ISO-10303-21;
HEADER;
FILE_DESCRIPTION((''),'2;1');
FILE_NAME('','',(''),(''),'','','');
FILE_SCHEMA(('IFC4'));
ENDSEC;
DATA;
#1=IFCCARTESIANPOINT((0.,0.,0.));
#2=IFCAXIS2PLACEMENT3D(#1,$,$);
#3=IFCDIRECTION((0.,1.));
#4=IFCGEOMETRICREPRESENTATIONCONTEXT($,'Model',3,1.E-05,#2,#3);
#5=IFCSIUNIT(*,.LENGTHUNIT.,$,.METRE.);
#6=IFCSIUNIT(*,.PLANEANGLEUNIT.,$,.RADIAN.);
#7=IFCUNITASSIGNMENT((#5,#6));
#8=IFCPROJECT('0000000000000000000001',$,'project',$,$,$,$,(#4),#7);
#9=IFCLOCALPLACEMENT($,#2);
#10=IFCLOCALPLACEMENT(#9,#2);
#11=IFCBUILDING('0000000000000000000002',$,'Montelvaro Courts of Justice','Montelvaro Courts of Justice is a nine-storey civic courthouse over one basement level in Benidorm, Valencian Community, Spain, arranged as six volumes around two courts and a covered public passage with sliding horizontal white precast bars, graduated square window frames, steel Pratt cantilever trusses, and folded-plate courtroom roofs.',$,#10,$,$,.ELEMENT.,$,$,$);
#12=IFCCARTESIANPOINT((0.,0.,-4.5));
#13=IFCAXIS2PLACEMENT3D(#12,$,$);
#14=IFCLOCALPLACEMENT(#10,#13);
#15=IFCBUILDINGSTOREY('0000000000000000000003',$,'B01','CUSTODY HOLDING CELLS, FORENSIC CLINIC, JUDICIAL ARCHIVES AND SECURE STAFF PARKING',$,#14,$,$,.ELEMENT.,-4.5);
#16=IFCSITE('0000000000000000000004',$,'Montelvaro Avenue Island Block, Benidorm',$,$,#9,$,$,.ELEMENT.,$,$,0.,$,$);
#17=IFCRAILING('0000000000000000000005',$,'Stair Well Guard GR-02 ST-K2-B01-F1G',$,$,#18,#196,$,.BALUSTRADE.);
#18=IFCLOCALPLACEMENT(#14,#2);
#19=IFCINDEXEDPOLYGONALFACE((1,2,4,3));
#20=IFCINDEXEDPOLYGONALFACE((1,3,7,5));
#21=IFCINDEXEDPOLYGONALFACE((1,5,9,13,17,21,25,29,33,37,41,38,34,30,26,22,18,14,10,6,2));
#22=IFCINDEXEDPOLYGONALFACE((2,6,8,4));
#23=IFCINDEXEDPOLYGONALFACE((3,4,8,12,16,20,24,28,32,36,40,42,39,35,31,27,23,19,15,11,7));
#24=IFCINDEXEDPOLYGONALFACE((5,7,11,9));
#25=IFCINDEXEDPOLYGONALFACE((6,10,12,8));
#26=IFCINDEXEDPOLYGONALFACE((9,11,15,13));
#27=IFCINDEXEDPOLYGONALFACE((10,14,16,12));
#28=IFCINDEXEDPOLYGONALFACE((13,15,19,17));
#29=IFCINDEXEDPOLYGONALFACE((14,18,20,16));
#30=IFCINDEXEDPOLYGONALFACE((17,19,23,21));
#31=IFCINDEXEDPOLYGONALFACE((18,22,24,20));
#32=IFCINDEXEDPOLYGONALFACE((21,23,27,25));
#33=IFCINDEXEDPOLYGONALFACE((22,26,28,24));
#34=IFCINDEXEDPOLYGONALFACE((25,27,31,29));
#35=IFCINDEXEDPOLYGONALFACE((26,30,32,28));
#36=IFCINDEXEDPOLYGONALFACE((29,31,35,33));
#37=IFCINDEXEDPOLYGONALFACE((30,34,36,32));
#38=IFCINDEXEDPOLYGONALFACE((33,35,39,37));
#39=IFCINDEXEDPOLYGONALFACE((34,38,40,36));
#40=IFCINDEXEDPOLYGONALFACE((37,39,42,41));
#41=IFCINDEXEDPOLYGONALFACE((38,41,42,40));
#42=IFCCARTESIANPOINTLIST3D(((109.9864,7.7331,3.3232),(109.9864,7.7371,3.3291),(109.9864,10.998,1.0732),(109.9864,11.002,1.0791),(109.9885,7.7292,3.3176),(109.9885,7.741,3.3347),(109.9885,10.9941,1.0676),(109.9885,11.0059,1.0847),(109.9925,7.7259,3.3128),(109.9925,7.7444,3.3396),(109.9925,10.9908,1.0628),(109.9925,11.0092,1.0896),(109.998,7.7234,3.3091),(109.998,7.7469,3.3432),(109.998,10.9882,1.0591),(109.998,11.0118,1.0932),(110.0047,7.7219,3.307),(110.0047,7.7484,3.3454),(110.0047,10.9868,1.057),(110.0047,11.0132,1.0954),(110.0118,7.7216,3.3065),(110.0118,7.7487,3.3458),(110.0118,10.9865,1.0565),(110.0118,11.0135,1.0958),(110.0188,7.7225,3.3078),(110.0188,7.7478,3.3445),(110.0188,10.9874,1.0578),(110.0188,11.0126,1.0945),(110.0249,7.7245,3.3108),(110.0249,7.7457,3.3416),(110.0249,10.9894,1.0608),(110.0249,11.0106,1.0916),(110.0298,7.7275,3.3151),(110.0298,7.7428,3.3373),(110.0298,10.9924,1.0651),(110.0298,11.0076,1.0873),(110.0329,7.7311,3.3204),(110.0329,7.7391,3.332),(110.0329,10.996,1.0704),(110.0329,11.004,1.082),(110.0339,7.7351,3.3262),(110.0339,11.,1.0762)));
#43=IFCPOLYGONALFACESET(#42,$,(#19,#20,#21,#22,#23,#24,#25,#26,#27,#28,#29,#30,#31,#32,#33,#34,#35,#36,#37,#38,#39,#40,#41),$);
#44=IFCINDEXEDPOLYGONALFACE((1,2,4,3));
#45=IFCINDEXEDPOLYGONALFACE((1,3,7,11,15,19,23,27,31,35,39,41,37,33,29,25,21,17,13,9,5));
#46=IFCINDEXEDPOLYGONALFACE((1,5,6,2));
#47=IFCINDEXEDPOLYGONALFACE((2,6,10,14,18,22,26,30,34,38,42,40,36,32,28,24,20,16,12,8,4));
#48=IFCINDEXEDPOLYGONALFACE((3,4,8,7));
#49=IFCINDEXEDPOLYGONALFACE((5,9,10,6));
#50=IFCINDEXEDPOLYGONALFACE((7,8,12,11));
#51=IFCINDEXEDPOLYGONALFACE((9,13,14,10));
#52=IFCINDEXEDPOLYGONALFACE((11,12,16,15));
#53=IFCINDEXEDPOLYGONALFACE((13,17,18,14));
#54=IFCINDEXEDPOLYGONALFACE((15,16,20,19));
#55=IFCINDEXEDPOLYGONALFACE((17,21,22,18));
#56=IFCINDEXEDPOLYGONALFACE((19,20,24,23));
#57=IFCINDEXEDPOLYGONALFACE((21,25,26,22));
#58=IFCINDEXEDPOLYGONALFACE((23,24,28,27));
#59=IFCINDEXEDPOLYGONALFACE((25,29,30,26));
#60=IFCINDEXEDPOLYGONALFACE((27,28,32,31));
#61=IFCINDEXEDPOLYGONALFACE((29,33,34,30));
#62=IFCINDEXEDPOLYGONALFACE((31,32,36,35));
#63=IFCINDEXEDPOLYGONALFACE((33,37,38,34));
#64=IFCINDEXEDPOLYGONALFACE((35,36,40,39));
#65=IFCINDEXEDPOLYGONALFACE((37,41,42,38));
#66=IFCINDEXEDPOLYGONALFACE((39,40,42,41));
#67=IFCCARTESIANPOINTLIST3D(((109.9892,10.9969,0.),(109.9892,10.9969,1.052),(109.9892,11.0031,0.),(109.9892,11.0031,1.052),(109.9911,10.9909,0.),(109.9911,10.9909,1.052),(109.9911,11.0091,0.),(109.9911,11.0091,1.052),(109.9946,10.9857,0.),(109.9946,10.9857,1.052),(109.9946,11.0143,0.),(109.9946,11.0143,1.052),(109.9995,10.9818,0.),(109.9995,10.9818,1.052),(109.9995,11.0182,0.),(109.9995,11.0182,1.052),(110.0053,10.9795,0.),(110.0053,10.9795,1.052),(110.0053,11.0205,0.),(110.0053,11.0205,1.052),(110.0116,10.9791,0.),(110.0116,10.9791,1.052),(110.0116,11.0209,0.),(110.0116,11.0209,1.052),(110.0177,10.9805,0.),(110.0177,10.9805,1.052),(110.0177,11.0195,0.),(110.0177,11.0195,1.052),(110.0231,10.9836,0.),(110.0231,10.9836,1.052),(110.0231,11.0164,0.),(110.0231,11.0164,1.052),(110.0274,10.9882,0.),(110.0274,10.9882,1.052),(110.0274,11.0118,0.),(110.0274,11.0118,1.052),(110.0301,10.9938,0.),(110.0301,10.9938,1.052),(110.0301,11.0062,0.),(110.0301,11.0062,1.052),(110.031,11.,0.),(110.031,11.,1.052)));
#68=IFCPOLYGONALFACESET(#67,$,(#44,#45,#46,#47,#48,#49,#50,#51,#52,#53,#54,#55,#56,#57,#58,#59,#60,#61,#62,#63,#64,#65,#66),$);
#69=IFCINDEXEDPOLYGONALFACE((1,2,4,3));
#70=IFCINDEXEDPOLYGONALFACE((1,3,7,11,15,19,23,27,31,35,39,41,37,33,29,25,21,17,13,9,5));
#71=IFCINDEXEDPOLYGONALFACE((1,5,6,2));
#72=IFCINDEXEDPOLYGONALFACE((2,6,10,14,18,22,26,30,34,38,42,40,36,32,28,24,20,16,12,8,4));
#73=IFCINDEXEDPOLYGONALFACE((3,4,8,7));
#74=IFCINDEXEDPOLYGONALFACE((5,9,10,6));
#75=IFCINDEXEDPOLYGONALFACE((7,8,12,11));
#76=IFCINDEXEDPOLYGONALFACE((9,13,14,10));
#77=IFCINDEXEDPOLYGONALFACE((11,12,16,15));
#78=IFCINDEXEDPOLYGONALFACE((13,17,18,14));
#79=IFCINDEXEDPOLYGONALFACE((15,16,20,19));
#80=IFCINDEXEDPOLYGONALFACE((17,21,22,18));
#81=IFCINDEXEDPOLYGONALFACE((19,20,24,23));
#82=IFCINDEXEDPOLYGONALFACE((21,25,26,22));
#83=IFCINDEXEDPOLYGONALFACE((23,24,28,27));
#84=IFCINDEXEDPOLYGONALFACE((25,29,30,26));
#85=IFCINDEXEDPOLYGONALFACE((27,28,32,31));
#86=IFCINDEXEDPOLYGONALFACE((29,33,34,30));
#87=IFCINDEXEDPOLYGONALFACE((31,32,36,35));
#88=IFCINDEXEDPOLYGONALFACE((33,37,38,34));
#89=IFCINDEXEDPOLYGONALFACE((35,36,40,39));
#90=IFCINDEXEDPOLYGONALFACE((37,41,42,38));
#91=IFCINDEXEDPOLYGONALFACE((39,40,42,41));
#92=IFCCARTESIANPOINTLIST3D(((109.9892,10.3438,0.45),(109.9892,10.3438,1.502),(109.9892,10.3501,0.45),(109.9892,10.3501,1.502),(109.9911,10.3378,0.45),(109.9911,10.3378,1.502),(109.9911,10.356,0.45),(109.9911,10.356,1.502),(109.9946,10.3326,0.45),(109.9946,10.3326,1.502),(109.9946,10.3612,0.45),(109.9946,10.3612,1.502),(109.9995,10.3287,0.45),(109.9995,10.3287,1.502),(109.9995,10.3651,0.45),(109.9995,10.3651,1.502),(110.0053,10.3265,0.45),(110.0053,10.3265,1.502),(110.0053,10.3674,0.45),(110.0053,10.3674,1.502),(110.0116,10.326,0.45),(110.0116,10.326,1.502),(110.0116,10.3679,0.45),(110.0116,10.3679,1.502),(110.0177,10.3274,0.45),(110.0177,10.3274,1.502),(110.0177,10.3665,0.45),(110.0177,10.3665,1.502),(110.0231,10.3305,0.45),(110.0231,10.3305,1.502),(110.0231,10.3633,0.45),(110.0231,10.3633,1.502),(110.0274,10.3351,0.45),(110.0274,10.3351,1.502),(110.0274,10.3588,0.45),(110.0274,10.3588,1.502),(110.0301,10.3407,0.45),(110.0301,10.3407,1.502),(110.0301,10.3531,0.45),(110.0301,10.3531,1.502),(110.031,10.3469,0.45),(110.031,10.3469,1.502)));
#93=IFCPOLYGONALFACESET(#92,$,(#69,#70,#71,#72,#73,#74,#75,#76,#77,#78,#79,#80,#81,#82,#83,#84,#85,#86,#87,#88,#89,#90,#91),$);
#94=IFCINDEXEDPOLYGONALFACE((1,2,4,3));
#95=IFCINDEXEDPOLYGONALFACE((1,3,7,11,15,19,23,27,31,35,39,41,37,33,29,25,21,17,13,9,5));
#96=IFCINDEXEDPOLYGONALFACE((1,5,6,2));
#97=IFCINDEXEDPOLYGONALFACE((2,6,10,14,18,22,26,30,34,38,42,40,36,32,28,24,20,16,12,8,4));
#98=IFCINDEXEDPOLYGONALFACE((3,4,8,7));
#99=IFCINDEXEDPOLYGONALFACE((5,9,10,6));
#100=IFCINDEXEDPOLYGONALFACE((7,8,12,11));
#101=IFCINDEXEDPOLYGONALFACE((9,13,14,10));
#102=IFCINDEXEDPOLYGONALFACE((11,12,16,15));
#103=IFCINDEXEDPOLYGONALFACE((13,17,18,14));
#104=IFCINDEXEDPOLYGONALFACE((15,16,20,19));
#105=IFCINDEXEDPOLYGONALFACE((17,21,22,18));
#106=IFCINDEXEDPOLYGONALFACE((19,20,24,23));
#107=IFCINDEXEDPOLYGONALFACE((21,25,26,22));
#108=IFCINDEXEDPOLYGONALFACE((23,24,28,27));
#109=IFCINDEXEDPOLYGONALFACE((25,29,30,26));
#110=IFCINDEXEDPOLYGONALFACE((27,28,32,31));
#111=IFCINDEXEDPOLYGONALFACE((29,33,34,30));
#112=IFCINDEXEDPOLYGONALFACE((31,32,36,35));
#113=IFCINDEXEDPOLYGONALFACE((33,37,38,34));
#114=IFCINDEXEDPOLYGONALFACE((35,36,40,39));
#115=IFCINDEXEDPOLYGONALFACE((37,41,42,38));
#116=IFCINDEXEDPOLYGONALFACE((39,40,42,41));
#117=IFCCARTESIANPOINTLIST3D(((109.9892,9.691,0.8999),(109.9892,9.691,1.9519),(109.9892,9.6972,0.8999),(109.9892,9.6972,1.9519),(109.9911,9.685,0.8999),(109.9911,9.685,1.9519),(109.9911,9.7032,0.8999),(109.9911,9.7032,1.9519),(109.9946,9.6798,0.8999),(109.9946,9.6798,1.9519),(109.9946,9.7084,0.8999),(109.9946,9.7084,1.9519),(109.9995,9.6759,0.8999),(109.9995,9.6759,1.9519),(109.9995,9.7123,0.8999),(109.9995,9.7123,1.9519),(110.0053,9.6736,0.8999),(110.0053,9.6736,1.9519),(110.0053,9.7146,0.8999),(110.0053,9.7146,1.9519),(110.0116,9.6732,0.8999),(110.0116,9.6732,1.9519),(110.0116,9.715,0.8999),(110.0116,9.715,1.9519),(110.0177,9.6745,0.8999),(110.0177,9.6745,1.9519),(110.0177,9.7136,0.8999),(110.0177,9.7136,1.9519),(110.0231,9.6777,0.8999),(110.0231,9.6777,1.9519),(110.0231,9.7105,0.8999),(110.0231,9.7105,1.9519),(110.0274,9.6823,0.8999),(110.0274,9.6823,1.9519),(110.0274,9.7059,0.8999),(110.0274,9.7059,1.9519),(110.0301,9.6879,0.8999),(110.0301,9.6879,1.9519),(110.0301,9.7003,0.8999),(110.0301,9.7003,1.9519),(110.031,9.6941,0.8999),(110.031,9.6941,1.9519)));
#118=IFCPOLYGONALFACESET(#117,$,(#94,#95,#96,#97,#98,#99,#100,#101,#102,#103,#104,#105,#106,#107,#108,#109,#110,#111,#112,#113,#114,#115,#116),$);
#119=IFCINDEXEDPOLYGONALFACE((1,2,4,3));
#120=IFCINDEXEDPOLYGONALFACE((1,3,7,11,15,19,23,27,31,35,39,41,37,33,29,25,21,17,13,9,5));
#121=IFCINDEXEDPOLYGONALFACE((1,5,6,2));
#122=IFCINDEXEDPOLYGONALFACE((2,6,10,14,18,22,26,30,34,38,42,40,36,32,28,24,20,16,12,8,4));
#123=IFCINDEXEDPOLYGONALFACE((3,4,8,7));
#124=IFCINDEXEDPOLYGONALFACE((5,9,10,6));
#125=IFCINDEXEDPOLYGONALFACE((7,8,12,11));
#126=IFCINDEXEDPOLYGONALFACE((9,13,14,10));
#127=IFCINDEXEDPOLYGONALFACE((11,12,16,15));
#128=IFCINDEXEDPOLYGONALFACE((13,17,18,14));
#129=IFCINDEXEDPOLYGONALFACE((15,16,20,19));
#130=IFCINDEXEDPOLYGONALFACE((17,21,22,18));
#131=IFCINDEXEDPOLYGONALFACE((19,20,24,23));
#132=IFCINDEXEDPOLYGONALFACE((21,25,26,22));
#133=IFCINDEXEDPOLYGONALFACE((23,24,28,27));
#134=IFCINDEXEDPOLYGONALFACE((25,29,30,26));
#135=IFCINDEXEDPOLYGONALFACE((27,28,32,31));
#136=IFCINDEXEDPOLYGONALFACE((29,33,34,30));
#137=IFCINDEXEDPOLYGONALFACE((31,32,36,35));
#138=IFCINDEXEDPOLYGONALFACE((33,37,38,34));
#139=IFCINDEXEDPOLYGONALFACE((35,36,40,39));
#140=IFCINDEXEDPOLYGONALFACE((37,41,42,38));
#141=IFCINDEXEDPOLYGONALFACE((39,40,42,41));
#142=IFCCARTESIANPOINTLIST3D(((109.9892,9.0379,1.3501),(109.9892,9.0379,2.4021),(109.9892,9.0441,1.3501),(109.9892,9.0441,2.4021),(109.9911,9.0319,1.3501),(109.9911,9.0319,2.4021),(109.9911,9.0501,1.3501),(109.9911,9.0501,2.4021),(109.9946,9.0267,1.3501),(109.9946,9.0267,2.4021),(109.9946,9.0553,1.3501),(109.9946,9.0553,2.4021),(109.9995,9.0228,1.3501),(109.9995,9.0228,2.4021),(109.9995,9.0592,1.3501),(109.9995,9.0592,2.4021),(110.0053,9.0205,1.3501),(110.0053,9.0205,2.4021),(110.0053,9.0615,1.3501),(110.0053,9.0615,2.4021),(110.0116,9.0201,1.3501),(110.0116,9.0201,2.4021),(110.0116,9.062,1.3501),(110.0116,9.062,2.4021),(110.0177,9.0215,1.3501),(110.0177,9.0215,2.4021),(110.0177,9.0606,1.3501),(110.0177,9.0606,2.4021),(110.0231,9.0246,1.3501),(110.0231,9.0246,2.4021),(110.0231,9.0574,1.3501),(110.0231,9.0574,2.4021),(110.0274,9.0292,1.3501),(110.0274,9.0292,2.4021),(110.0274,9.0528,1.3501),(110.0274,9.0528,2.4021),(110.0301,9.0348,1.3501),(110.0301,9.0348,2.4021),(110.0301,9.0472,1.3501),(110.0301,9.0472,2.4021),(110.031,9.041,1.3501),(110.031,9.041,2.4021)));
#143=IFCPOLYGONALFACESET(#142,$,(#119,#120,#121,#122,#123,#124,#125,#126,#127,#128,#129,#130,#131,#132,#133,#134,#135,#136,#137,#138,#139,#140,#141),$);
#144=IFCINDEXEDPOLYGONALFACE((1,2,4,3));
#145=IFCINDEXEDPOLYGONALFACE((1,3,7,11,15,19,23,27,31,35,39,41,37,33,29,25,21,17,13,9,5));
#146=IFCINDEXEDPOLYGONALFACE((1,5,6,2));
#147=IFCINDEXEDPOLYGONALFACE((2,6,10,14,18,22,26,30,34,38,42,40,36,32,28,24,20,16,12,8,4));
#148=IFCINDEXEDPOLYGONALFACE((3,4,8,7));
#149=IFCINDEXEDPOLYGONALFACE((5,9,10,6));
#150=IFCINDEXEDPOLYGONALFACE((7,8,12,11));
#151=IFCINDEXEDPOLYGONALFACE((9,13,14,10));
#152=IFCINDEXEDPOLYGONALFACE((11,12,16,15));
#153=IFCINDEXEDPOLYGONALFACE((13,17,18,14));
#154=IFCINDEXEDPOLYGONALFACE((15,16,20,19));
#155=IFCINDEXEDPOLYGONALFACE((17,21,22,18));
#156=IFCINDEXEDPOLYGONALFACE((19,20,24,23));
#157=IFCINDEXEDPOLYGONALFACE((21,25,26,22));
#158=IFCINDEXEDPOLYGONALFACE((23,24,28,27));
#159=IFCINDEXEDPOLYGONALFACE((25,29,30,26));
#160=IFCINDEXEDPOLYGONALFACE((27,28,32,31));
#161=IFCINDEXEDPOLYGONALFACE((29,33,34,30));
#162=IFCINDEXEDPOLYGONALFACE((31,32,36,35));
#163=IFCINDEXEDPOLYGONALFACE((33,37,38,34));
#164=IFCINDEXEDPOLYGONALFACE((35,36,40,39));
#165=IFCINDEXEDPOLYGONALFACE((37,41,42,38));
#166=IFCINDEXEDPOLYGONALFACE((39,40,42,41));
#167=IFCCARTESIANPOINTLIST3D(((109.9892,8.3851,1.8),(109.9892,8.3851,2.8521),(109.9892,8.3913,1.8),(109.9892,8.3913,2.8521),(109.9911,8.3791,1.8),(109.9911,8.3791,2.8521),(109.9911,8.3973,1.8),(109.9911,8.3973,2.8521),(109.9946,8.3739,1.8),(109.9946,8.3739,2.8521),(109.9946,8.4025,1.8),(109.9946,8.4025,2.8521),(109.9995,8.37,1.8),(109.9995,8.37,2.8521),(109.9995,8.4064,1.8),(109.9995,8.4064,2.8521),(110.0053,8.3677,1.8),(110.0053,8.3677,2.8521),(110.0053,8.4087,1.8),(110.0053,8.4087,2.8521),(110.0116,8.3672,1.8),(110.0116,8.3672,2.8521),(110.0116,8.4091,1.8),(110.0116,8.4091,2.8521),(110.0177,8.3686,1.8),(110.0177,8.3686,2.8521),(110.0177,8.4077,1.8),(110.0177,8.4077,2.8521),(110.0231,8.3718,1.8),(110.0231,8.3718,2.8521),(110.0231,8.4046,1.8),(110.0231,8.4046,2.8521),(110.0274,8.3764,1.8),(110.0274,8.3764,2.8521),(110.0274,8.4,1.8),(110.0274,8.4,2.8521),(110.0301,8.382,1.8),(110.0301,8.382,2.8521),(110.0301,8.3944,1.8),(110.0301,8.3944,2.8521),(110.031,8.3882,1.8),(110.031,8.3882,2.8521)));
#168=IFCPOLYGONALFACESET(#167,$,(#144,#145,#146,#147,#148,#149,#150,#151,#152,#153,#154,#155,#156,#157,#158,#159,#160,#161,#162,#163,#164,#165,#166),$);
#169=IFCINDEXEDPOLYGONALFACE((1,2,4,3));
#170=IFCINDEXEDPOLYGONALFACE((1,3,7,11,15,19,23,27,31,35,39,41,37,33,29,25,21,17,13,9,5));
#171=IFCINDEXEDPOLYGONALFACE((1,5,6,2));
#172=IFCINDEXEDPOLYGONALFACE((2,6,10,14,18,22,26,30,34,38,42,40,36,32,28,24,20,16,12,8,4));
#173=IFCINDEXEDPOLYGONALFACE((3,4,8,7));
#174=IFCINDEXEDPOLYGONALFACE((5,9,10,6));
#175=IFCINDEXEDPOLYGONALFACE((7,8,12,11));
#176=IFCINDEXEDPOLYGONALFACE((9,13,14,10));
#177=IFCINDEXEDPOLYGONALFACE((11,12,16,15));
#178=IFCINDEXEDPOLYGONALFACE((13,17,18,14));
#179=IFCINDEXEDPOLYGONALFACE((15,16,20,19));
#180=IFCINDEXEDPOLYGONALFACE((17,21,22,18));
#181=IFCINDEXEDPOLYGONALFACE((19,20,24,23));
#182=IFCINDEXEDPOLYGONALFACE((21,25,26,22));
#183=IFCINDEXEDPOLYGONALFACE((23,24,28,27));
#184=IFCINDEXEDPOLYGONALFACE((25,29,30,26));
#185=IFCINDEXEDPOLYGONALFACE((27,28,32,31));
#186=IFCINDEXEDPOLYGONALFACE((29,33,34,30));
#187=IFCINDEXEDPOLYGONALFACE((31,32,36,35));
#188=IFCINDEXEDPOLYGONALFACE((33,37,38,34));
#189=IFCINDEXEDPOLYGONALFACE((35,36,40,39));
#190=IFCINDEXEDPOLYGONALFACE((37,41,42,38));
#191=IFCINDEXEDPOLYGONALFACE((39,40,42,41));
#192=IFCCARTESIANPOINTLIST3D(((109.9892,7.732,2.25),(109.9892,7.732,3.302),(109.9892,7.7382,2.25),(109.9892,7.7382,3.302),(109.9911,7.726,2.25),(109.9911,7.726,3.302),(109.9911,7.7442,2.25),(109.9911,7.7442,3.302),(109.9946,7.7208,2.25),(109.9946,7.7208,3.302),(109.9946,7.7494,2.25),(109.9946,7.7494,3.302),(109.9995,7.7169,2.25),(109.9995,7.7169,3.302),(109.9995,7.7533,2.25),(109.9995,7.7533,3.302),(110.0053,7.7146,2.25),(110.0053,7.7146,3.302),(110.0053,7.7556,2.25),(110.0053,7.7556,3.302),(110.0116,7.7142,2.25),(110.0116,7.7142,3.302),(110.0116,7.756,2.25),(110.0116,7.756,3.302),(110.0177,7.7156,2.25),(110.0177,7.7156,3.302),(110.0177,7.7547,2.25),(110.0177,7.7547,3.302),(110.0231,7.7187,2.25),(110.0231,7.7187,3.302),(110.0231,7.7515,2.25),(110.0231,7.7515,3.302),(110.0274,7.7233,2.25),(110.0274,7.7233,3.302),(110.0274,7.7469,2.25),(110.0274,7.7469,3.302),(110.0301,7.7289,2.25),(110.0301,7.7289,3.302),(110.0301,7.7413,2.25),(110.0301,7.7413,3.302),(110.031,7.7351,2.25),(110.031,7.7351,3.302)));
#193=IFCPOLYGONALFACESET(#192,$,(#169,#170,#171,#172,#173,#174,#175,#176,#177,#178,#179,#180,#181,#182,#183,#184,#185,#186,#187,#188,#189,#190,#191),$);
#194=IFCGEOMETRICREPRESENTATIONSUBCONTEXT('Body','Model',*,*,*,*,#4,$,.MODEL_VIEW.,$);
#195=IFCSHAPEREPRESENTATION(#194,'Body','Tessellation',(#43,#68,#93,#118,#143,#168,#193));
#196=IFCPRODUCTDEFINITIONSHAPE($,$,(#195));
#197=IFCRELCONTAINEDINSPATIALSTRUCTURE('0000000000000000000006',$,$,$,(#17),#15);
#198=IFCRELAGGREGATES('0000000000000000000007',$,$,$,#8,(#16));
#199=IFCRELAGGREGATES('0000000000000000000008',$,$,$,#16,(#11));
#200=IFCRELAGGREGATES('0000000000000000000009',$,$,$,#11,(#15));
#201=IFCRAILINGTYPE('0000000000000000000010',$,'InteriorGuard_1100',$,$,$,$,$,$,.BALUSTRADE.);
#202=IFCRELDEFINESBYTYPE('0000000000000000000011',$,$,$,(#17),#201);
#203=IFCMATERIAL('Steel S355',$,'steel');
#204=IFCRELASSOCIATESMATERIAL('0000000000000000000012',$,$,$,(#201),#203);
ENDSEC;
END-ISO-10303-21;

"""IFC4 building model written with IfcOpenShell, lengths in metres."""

from ifc_helpers import new_model, si_unit, direction, frame, origin, origin_2d, place, context, subcontext, project, spatial, circle, extrude, material, type_object, element, save


model = new_model("IFC4")

# Units and contexts
model_context = context("Model", 3, precision=1e-05, world=origin(), true_north=direction((0.0, 1.0)))
body_context = subcontext(model_context, "Body", "Model", "MODEL_VIEW")
ifc_project = project(units=[si_unit("LENGTHUNIT", "METRE"), si_unit("PLANEANGLEUNIT", "RADIAN")], contexts=[model_context])

# Site, building, storey
site_placement = place(None, origin())
site = spatial("IfcSite", under=ifc_project, at=site_placement, Name="Montelvaro Avenue Island Block, Benidorm", CompositionType="ELEMENT", RefElevation=0.0)
building_placement = place(site_placement, origin())
building = spatial("IfcBuilding", under=site, at=building_placement, Name="Montelvaro Courts of Justice", Description="Montelvaro Courts of Justice is a nine-storey civic courthouse over one basement level in Benidorm, Valencian Community, Spain, arranged as six volumes around two courts and a covered public passage with sliding horizontal white precast bars, graduated square window frames, steel Pratt cantilever trusses, and folded-plate courtroom roofs.", CompositionType="ELEMENT")
storey_placement = place(building_placement, frame((0.0, 0.0, -4.5)))
storey = spatial("IfcBuildingStorey", under=building, at=storey_placement, Name="B01", Description="CUSTODY HOLDING CELLS, FORENSIC CLINIC, JUDICIAL ARCHIVES AND SECURE STAFF PARKING", CompositionType="ELEMENT", Elevation=-4.5)

# Shared definitions
ifc_material_1 = material(Name="Steel S355", Category="steel")

# Railing
railing_type_1 = type_object("IfcRailingType", Name="InteriorGuard_1100", PredefinedType="BALUSTRADE", material=ifc_material_1)
railing_1_placement = place(storey_placement, frame((110.01, 11.0, 0.0)))
element("IfcRailing", 1, at=railing_1_placement, inside=storey, type_object=railing_type_1, Name="Stair Well Guard GR-02 ST-K2-B01-F1G", PredefinedType="BALUSTRADE", context=body_context, shape_type="SweptSolid", body=[
    extrude(circle(Radius=0.0239, at=origin_2d()), frame((0.0, 0.0, 1.0762), z_axis=(0.0, -0.823407, 0.567451), x_axis=(1.0, 0.0, 0.0)), (0.0, 0.0, 1.0), 3.9651),
    extrude(circle(Radius=0.021, at=origin_2d()), origin(), (0.0, 0.0, 1.0), 1.052),
    extrude(circle(Radius=0.021, at=origin_2d()), frame((0.0, -0.6531, 0.45)), (0.0, 0.0, 1.0), 1.052),
    extrude(circle(Radius=0.021, at=origin_2d()), frame((0.0, -1.3059, 0.8999)), (0.0, 0.0, 1.0), 1.052),
    extrude(circle(Radius=0.021, at=origin_2d()), frame((0.0, -1.959, 1.3501)), (0.0, 0.0, 1.0), 1.052),
    extrude(circle(Radius=0.021, at=origin_2d()), frame((0.0, -2.6118, 1.8)), (0.0, 0.0, 1.0), 1.052),
    extrude(circle(Radius=0.021, at=origin_2d()), frame((0.0, -3.2649, 2.25)), (0.0, 0.0, 1.0), 1.052),
])

save(model, "model.ifc")
